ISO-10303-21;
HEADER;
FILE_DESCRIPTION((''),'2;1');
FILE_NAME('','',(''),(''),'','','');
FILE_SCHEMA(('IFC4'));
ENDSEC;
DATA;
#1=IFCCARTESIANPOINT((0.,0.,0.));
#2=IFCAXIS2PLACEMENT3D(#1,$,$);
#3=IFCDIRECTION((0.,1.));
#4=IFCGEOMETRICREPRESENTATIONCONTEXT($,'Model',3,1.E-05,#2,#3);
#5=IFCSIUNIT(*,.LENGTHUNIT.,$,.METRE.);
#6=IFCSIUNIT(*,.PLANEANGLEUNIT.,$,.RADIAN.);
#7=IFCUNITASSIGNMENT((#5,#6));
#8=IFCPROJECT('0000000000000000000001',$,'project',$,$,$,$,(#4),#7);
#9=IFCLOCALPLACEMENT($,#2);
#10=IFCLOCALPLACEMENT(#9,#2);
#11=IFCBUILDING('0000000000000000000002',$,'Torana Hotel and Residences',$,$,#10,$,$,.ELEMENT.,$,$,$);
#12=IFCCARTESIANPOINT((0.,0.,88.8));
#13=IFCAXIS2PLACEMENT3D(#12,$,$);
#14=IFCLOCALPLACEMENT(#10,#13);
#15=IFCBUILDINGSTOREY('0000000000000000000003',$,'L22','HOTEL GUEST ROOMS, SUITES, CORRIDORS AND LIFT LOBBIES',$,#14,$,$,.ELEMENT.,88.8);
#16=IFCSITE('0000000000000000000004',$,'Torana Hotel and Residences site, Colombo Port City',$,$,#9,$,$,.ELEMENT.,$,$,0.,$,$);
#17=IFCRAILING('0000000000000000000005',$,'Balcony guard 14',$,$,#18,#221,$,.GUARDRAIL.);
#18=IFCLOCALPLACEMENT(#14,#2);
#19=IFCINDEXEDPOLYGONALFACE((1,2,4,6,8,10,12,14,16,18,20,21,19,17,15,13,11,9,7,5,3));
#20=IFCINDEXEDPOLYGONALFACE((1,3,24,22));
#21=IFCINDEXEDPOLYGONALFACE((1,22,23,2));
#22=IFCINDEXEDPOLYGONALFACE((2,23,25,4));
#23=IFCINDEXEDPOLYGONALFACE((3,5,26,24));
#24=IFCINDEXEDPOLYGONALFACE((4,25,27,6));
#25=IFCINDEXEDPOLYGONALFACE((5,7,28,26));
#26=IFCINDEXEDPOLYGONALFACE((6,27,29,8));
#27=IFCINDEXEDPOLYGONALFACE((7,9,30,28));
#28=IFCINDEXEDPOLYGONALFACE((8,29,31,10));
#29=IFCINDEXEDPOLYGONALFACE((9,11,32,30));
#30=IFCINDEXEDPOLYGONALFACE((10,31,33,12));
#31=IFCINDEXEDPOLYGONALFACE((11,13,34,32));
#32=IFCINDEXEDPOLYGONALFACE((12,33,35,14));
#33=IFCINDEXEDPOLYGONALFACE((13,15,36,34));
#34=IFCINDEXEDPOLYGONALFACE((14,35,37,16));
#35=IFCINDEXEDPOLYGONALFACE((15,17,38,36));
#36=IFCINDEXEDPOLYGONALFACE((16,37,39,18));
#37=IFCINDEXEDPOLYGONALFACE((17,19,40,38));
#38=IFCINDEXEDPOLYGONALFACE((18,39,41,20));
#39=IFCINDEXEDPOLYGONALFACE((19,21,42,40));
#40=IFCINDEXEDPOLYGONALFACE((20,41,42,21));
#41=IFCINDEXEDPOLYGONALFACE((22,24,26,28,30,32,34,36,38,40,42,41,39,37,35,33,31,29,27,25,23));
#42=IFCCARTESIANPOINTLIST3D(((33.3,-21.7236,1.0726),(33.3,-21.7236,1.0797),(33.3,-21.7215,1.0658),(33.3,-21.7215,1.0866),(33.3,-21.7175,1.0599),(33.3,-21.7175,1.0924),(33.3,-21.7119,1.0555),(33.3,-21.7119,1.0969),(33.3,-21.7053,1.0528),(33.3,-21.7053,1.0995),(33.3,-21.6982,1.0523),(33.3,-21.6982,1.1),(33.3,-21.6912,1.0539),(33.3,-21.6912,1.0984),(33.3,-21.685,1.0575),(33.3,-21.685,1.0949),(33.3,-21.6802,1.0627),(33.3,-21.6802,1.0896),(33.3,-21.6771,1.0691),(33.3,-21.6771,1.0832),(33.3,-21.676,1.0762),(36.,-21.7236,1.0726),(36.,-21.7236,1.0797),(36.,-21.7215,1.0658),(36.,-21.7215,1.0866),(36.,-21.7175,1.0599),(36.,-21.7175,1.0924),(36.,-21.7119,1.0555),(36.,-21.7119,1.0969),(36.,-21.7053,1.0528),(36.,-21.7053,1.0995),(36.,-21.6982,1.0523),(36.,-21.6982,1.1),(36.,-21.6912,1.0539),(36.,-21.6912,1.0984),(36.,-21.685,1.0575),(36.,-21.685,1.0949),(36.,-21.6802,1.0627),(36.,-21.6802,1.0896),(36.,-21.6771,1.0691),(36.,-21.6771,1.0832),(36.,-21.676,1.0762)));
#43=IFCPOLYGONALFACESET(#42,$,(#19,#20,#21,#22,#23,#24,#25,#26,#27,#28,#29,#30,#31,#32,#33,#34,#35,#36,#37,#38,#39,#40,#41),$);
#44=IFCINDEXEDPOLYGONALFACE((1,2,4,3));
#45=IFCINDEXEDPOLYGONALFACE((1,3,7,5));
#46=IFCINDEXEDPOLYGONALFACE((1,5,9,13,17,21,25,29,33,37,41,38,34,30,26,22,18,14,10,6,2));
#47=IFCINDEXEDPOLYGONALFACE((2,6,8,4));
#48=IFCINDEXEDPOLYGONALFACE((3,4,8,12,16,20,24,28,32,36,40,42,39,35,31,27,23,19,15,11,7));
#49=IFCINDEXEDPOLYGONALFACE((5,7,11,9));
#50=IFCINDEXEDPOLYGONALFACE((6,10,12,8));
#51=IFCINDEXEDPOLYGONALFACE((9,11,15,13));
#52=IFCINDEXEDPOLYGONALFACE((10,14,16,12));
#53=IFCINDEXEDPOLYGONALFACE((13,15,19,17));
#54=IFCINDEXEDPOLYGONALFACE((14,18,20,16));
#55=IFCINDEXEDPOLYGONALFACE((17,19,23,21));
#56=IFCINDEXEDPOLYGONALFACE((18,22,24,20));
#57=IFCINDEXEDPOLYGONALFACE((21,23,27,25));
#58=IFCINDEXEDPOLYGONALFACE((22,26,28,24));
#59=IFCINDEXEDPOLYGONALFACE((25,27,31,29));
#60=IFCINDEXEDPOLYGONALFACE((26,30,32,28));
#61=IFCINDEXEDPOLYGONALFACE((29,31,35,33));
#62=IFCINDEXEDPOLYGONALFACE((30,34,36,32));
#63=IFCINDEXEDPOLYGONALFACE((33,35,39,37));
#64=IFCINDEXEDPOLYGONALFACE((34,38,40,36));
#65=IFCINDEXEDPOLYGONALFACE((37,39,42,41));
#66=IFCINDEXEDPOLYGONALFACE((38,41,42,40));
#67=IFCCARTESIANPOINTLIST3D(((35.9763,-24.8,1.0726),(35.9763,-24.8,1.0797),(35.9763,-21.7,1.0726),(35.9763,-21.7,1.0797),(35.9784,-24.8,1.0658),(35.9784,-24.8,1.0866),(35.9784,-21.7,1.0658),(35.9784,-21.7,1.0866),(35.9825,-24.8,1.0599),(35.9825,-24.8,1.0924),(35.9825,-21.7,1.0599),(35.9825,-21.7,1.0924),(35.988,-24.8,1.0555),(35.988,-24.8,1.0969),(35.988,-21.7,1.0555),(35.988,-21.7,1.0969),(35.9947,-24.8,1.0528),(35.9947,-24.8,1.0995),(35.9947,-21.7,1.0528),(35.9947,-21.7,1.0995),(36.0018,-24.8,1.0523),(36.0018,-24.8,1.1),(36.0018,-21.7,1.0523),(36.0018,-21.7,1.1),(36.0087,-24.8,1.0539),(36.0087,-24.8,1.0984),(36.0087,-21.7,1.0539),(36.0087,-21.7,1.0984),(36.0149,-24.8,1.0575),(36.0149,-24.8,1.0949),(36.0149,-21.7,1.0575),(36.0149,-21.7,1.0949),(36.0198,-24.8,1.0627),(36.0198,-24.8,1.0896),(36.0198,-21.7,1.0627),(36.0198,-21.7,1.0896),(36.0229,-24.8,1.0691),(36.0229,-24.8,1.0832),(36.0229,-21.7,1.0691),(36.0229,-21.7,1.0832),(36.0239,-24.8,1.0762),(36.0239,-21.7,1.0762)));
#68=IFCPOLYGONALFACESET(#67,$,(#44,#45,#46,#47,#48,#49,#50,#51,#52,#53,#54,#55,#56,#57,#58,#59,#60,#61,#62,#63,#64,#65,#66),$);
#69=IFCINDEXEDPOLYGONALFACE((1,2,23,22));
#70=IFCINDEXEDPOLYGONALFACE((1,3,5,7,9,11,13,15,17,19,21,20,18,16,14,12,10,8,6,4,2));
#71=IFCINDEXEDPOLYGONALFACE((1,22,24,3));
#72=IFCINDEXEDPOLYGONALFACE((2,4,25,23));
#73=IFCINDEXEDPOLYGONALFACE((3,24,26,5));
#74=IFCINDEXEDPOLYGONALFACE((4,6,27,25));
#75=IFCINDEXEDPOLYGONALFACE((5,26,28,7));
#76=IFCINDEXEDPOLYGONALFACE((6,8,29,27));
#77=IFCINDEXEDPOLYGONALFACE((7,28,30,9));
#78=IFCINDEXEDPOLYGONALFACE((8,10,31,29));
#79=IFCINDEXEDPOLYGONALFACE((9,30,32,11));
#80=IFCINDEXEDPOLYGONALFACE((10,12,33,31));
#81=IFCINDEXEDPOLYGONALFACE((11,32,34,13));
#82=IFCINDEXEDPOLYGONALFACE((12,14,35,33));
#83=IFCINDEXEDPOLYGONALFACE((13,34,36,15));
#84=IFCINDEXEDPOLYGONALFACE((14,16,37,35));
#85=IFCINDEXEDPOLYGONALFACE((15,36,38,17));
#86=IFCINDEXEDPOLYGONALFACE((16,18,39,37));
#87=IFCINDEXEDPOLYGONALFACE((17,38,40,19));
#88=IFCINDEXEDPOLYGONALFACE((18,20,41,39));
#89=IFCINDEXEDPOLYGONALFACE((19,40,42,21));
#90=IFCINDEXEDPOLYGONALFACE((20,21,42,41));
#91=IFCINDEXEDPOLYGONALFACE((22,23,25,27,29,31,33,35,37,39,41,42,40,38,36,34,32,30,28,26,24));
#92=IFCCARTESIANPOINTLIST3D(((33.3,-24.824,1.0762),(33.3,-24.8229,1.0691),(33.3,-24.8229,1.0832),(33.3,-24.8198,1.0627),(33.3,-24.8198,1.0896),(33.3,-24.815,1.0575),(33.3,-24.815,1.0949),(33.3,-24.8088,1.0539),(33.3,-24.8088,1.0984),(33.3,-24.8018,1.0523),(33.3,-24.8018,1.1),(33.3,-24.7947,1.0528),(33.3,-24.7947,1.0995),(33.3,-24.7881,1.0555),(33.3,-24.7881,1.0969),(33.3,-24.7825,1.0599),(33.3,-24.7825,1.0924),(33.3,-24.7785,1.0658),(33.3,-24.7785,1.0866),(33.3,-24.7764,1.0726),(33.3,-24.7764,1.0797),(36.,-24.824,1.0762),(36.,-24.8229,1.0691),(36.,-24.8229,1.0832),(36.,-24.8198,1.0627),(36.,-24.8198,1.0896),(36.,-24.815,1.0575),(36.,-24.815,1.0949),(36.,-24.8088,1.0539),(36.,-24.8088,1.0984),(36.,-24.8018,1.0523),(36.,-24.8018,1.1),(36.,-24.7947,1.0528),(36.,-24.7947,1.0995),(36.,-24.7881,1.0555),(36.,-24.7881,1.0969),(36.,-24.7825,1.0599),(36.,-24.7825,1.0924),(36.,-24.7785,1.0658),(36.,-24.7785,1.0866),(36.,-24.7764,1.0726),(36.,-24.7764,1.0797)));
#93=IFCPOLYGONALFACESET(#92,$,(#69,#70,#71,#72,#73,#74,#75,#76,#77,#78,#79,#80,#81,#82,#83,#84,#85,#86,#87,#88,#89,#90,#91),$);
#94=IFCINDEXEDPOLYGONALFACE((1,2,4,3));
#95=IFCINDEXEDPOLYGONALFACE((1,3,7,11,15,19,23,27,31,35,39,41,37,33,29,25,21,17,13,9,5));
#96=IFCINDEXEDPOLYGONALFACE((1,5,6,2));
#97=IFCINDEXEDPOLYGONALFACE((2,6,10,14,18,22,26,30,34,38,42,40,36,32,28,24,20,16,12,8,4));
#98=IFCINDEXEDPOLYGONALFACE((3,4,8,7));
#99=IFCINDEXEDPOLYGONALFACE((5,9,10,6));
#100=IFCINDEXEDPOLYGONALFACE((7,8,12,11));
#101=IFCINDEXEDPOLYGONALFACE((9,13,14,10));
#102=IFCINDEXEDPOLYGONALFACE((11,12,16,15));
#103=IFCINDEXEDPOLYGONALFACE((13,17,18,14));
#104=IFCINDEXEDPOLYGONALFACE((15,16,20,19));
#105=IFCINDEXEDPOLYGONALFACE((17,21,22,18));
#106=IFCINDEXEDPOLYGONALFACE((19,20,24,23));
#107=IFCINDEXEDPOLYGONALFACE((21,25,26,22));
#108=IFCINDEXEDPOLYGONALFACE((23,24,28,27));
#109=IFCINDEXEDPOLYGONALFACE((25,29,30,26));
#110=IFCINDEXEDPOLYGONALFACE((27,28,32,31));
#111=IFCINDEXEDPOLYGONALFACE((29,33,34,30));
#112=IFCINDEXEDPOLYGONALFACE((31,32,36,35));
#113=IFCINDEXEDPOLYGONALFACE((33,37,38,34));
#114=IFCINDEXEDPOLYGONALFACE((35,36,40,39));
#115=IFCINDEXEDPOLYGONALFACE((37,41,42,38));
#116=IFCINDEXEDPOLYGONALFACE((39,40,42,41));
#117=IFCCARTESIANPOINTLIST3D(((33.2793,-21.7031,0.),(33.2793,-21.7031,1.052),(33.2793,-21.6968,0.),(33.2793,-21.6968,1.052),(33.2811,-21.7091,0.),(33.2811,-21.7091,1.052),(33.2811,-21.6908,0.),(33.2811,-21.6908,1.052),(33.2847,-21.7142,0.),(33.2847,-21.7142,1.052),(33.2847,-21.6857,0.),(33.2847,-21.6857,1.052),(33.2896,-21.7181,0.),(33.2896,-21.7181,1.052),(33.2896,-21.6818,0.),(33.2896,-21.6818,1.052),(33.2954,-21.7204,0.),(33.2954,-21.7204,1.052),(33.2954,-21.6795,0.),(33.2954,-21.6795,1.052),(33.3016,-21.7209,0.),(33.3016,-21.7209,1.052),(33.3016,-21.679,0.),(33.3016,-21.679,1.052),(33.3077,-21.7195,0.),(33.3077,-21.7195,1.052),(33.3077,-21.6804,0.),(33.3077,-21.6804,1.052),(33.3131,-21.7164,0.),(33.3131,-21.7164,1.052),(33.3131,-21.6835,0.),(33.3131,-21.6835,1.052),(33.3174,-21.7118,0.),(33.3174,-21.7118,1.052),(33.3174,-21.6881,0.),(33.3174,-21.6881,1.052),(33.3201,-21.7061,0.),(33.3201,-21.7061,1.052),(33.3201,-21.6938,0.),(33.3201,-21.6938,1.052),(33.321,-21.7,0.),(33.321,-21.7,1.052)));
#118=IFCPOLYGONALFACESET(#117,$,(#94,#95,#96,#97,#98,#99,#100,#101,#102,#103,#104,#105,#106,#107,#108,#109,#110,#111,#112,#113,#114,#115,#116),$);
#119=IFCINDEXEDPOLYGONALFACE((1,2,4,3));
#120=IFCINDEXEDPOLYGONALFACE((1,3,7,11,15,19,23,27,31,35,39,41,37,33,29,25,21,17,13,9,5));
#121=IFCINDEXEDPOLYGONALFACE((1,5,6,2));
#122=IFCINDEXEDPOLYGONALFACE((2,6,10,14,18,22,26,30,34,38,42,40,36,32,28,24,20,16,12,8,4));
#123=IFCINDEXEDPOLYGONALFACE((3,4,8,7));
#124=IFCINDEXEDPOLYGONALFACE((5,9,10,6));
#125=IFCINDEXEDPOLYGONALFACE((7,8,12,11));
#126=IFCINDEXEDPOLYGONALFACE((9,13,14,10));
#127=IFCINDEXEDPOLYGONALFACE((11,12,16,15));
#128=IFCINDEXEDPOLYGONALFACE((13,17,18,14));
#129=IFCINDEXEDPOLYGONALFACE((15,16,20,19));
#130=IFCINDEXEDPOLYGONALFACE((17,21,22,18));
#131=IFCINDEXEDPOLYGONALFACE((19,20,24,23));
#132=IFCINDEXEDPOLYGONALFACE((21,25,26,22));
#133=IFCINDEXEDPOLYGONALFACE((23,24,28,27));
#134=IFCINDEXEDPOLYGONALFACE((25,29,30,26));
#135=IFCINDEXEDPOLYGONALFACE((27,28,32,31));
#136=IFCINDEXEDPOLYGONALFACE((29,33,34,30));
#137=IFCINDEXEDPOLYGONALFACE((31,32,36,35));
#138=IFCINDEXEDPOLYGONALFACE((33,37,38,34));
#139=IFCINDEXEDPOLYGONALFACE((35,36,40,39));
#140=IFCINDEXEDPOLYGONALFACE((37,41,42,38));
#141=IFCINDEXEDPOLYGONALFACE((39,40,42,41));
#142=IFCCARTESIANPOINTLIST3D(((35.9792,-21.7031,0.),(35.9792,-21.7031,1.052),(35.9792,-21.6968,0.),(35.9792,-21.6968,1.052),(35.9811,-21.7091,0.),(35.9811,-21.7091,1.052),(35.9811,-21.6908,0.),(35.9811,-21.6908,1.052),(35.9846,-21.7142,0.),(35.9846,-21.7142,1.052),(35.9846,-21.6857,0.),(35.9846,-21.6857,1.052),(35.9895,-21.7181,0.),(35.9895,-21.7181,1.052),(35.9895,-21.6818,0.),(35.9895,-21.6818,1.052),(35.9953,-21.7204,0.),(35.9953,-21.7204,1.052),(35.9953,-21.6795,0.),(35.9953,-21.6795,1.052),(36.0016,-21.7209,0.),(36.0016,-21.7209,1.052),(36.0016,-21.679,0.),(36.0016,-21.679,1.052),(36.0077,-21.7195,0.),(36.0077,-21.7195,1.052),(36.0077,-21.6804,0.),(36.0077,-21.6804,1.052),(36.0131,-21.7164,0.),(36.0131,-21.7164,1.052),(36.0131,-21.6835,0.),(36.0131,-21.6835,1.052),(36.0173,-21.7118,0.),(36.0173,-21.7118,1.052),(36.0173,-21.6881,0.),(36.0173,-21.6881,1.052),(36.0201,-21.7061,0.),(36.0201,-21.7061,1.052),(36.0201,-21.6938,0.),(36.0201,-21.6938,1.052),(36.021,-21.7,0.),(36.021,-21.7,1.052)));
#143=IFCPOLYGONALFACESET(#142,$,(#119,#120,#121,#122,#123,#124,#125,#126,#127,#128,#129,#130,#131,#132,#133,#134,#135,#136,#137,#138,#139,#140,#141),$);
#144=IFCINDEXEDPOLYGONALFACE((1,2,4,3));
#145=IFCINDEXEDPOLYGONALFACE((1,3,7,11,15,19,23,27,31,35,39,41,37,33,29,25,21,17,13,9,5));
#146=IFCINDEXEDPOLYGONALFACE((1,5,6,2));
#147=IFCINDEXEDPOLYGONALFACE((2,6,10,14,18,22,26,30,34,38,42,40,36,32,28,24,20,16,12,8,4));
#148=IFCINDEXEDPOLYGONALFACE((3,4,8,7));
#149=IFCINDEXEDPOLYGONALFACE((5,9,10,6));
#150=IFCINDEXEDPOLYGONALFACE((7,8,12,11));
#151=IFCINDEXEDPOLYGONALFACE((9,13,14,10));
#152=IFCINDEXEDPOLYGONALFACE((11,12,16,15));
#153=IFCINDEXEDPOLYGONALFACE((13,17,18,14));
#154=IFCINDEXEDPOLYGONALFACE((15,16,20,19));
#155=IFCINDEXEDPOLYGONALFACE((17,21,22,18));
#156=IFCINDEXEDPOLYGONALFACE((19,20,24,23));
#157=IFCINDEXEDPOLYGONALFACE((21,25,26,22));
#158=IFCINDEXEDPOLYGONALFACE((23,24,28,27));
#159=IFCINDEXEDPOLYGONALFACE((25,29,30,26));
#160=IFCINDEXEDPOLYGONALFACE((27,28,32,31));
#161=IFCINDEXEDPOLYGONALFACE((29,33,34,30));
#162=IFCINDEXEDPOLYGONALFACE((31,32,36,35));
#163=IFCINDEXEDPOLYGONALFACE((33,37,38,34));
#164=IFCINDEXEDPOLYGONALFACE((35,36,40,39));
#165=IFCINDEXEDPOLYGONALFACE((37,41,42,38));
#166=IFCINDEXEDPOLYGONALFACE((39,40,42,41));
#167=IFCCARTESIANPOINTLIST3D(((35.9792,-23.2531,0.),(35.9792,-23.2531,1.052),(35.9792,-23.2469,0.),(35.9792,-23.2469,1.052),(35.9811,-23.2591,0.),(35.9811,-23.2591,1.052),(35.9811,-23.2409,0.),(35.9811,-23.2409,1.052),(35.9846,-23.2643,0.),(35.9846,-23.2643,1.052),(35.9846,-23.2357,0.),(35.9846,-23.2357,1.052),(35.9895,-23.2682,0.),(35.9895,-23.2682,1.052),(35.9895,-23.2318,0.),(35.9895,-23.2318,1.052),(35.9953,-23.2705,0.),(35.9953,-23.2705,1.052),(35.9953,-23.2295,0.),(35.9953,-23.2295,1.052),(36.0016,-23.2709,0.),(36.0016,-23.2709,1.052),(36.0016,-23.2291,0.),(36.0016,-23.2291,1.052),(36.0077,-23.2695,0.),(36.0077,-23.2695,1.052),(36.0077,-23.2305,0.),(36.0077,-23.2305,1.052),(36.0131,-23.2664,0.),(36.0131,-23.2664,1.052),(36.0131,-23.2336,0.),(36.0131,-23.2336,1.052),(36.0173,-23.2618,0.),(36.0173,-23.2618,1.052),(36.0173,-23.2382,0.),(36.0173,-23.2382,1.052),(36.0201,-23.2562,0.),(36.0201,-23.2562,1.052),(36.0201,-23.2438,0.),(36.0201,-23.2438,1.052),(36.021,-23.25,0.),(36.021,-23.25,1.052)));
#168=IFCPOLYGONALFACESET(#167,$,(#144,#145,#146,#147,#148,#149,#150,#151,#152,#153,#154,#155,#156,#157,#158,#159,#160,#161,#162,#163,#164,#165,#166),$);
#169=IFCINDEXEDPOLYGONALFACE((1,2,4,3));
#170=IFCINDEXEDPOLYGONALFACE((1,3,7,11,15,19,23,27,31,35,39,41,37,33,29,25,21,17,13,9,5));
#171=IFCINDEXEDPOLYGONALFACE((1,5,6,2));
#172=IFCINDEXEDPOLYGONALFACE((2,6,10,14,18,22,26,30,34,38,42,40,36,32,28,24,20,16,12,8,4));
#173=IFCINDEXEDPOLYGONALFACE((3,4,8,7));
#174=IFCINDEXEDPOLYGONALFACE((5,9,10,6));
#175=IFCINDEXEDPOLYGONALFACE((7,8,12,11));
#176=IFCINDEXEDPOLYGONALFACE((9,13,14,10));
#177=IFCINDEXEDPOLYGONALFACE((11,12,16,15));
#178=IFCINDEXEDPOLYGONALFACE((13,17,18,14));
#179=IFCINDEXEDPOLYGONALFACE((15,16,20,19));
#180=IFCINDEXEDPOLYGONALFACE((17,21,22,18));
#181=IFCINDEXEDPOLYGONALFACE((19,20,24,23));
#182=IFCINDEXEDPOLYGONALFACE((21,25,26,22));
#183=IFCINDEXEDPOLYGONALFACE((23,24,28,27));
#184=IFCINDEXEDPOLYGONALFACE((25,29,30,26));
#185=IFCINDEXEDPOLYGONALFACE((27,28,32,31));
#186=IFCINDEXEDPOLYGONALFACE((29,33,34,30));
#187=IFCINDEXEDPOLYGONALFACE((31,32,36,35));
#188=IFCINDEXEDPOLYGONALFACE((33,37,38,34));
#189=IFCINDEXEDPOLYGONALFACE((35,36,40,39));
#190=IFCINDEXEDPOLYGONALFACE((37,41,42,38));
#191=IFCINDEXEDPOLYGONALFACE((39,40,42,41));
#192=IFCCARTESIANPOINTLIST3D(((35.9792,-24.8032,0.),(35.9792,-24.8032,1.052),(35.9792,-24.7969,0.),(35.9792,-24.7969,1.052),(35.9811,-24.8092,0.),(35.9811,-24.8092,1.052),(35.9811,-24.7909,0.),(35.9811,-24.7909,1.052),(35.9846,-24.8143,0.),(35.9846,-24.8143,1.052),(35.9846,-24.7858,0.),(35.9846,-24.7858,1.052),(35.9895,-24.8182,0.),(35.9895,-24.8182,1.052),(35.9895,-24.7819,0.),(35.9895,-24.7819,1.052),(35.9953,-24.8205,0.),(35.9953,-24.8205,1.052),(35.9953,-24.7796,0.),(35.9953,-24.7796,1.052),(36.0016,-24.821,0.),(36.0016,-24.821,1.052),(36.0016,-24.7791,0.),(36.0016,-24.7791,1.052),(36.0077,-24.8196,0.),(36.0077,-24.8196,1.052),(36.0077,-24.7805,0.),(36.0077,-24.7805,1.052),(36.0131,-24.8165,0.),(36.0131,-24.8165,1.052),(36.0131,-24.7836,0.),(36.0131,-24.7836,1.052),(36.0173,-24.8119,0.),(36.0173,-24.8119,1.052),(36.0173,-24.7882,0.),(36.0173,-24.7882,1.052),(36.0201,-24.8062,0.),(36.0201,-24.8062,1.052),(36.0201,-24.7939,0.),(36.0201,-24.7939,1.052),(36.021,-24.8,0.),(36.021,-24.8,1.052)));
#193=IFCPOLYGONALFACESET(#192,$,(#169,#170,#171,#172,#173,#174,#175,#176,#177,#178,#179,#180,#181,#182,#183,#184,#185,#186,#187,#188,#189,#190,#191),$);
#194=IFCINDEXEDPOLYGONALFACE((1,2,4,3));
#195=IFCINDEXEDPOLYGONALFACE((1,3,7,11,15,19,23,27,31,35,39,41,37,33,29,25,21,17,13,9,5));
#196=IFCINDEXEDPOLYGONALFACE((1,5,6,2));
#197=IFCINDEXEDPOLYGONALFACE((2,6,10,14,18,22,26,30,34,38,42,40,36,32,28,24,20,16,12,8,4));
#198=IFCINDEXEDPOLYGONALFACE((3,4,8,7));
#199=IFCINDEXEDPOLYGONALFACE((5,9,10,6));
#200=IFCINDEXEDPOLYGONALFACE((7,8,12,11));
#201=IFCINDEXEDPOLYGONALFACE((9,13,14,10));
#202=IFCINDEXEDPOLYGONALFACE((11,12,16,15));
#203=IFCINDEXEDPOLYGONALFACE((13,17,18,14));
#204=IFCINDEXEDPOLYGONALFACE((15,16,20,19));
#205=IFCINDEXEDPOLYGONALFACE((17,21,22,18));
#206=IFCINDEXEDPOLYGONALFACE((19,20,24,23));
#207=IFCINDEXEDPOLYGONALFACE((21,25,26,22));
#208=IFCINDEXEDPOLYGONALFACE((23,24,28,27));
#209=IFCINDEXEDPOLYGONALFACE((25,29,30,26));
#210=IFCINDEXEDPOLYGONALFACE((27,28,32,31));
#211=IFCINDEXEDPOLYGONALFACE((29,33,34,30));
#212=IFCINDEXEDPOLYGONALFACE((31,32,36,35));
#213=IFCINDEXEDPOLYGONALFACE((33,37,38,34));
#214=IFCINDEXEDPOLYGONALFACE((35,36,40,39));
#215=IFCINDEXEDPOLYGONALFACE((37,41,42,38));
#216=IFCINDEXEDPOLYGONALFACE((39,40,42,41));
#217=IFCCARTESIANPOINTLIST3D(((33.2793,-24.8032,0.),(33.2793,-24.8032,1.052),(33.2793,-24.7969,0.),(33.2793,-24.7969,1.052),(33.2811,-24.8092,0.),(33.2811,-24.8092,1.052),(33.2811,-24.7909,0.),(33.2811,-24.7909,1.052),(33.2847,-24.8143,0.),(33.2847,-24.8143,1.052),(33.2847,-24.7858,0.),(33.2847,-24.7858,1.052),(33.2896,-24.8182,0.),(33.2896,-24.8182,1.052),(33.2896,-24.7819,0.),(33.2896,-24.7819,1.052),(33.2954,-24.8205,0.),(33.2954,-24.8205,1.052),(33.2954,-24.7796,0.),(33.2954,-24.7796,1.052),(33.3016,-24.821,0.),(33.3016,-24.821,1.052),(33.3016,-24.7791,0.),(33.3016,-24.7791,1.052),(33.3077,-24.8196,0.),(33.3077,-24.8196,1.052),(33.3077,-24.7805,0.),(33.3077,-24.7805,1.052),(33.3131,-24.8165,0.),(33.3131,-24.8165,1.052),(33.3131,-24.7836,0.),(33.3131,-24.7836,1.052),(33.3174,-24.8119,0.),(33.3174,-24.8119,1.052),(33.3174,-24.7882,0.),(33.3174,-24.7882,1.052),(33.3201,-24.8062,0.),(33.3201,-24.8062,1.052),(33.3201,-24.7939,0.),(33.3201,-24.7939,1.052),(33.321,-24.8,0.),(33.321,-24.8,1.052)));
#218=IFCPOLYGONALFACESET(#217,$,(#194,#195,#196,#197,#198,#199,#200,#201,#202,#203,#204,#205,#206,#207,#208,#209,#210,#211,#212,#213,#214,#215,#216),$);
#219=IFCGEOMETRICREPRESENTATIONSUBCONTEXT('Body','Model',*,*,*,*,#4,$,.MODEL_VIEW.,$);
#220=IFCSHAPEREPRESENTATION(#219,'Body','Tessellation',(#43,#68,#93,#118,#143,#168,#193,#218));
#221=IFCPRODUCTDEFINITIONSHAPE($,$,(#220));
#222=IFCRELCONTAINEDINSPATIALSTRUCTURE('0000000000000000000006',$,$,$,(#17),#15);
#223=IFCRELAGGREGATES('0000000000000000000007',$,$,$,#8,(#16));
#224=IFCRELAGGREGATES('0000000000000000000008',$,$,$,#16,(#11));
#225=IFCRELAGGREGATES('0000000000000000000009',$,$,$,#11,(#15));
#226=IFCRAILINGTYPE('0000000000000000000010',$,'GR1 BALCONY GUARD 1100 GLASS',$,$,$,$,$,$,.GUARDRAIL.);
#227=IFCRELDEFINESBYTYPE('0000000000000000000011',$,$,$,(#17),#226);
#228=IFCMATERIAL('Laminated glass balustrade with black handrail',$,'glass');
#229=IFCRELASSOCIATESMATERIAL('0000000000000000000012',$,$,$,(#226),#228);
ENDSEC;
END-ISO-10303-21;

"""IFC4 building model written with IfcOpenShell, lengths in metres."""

from ifc_helpers import new_model, si_unit, direction, frame, origin, origin_2d, place, context, subcontext, project, spatial, circle, extrude, material, type_object, element, save


model = new_model("IFC4")

# Units and contexts
model_context = context("Model", 3, precision=1e-05, world=origin(), true_north=direction((0.0, 1.0)))
body_context = subcontext(model_context, "Body", "Model", "MODEL_VIEW")
ifc_project = project(units=[si_unit("LENGTHUNIT", "METRE"), si_unit("PLANEANGLEUNIT", "RADIAN")], contexts=[model_context])

# Site, building, storey
site_placement = place(None, origin())
site = spatial("IfcSite", under=ifc_project, at=site_placement, Name="Torana Hotel and Residences site, Colombo Port City", CompositionType="ELEMENT", RefElevation=0.0)
building_placement = place(site_placement, origin())
building = spatial("IfcBuilding", under=site, at=building_placement, Name="Torana Hotel and Residences", CompositionType="ELEMENT")
storey_placement = place(building_placement, frame((0.0, 0.0, 88.8)))
storey = spatial("IfcBuildingStorey", under=building, at=storey_placement, Name="L22", Description="HOTEL GUEST ROOMS, SUITES, CORRIDORS AND LIFT LOBBIES", CompositionType="ELEMENT", Elevation=88.8)

# Railing
ifc_material_1 = material(Name="Laminated glass balustrade with black handrail", Category="glass")
railing_type = type_object("IfcRailingType", Name="GR1 BALCONY GUARD 1100 GLASS", PredefinedType="GUARDRAIL", material=ifc_material_1)
railing_1_placement = place(storey_placement, frame((33.3, -21.7, 0.0)))
element("IfcRailing", 1, at=railing_1_placement, inside=storey, type_object=railing_type, Name="Balcony guard 14", PredefinedType="GUARDRAIL", context=body_context, shape_type="SweptSolid", body=[
    extrude(circle(Radius=0.0239, at=origin_2d()), frame((0.0, 0.0, 1.0762), z_axis=(1.0, 0.0, 0.0), x_axis=(0.0, 1.0, 0.0)), (0.0, 0.0, 1.0), 2.7),
    extrude(circle(Radius=0.0239, at=origin_2d()), frame((2.7, 0.0, 1.0762), z_axis=(0.0, -1.0, 0.0), x_axis=(1.0, 0.0, 0.0)), (0.0, 0.0, 1.0), 3.1001),
    extrude(circle(Radius=0.0239, at=origin_2d()), frame((2.7, -3.1001, 1.0762), z_axis=(-1.0, 0.0, 0.0), x_axis=(0.0, -1.0, 0.0)), (0.0, 0.0, 1.0), 2.7),
    extrude(circle(Radius=0.021, at=origin_2d()), origin(), (0.0, 0.0, 1.0), 1.052),
    extrude(circle(Radius=0.021, at=origin_2d()), frame((2.7, 0.0, 0.0)), (0.0, 0.0, 1.0), 1.052),
    extrude(circle(Radius=0.021, at=origin_2d()), frame((2.7, -1.55, 0.0)), (0.0, 0.0, 1.0), 1.052),
    extrude(circle(Radius=0.021, at=origin_2d()), frame((2.7, -3.1001, 0.0)), (0.0, 0.0, 1.0), 1.052),
    extrude(circle(Radius=0.021, at=origin_2d()), frame((0.0, -3.1001, 0.0)), (0.0, 0.0, 1.0), 1.052),
])

save(model, "model.ifc")
